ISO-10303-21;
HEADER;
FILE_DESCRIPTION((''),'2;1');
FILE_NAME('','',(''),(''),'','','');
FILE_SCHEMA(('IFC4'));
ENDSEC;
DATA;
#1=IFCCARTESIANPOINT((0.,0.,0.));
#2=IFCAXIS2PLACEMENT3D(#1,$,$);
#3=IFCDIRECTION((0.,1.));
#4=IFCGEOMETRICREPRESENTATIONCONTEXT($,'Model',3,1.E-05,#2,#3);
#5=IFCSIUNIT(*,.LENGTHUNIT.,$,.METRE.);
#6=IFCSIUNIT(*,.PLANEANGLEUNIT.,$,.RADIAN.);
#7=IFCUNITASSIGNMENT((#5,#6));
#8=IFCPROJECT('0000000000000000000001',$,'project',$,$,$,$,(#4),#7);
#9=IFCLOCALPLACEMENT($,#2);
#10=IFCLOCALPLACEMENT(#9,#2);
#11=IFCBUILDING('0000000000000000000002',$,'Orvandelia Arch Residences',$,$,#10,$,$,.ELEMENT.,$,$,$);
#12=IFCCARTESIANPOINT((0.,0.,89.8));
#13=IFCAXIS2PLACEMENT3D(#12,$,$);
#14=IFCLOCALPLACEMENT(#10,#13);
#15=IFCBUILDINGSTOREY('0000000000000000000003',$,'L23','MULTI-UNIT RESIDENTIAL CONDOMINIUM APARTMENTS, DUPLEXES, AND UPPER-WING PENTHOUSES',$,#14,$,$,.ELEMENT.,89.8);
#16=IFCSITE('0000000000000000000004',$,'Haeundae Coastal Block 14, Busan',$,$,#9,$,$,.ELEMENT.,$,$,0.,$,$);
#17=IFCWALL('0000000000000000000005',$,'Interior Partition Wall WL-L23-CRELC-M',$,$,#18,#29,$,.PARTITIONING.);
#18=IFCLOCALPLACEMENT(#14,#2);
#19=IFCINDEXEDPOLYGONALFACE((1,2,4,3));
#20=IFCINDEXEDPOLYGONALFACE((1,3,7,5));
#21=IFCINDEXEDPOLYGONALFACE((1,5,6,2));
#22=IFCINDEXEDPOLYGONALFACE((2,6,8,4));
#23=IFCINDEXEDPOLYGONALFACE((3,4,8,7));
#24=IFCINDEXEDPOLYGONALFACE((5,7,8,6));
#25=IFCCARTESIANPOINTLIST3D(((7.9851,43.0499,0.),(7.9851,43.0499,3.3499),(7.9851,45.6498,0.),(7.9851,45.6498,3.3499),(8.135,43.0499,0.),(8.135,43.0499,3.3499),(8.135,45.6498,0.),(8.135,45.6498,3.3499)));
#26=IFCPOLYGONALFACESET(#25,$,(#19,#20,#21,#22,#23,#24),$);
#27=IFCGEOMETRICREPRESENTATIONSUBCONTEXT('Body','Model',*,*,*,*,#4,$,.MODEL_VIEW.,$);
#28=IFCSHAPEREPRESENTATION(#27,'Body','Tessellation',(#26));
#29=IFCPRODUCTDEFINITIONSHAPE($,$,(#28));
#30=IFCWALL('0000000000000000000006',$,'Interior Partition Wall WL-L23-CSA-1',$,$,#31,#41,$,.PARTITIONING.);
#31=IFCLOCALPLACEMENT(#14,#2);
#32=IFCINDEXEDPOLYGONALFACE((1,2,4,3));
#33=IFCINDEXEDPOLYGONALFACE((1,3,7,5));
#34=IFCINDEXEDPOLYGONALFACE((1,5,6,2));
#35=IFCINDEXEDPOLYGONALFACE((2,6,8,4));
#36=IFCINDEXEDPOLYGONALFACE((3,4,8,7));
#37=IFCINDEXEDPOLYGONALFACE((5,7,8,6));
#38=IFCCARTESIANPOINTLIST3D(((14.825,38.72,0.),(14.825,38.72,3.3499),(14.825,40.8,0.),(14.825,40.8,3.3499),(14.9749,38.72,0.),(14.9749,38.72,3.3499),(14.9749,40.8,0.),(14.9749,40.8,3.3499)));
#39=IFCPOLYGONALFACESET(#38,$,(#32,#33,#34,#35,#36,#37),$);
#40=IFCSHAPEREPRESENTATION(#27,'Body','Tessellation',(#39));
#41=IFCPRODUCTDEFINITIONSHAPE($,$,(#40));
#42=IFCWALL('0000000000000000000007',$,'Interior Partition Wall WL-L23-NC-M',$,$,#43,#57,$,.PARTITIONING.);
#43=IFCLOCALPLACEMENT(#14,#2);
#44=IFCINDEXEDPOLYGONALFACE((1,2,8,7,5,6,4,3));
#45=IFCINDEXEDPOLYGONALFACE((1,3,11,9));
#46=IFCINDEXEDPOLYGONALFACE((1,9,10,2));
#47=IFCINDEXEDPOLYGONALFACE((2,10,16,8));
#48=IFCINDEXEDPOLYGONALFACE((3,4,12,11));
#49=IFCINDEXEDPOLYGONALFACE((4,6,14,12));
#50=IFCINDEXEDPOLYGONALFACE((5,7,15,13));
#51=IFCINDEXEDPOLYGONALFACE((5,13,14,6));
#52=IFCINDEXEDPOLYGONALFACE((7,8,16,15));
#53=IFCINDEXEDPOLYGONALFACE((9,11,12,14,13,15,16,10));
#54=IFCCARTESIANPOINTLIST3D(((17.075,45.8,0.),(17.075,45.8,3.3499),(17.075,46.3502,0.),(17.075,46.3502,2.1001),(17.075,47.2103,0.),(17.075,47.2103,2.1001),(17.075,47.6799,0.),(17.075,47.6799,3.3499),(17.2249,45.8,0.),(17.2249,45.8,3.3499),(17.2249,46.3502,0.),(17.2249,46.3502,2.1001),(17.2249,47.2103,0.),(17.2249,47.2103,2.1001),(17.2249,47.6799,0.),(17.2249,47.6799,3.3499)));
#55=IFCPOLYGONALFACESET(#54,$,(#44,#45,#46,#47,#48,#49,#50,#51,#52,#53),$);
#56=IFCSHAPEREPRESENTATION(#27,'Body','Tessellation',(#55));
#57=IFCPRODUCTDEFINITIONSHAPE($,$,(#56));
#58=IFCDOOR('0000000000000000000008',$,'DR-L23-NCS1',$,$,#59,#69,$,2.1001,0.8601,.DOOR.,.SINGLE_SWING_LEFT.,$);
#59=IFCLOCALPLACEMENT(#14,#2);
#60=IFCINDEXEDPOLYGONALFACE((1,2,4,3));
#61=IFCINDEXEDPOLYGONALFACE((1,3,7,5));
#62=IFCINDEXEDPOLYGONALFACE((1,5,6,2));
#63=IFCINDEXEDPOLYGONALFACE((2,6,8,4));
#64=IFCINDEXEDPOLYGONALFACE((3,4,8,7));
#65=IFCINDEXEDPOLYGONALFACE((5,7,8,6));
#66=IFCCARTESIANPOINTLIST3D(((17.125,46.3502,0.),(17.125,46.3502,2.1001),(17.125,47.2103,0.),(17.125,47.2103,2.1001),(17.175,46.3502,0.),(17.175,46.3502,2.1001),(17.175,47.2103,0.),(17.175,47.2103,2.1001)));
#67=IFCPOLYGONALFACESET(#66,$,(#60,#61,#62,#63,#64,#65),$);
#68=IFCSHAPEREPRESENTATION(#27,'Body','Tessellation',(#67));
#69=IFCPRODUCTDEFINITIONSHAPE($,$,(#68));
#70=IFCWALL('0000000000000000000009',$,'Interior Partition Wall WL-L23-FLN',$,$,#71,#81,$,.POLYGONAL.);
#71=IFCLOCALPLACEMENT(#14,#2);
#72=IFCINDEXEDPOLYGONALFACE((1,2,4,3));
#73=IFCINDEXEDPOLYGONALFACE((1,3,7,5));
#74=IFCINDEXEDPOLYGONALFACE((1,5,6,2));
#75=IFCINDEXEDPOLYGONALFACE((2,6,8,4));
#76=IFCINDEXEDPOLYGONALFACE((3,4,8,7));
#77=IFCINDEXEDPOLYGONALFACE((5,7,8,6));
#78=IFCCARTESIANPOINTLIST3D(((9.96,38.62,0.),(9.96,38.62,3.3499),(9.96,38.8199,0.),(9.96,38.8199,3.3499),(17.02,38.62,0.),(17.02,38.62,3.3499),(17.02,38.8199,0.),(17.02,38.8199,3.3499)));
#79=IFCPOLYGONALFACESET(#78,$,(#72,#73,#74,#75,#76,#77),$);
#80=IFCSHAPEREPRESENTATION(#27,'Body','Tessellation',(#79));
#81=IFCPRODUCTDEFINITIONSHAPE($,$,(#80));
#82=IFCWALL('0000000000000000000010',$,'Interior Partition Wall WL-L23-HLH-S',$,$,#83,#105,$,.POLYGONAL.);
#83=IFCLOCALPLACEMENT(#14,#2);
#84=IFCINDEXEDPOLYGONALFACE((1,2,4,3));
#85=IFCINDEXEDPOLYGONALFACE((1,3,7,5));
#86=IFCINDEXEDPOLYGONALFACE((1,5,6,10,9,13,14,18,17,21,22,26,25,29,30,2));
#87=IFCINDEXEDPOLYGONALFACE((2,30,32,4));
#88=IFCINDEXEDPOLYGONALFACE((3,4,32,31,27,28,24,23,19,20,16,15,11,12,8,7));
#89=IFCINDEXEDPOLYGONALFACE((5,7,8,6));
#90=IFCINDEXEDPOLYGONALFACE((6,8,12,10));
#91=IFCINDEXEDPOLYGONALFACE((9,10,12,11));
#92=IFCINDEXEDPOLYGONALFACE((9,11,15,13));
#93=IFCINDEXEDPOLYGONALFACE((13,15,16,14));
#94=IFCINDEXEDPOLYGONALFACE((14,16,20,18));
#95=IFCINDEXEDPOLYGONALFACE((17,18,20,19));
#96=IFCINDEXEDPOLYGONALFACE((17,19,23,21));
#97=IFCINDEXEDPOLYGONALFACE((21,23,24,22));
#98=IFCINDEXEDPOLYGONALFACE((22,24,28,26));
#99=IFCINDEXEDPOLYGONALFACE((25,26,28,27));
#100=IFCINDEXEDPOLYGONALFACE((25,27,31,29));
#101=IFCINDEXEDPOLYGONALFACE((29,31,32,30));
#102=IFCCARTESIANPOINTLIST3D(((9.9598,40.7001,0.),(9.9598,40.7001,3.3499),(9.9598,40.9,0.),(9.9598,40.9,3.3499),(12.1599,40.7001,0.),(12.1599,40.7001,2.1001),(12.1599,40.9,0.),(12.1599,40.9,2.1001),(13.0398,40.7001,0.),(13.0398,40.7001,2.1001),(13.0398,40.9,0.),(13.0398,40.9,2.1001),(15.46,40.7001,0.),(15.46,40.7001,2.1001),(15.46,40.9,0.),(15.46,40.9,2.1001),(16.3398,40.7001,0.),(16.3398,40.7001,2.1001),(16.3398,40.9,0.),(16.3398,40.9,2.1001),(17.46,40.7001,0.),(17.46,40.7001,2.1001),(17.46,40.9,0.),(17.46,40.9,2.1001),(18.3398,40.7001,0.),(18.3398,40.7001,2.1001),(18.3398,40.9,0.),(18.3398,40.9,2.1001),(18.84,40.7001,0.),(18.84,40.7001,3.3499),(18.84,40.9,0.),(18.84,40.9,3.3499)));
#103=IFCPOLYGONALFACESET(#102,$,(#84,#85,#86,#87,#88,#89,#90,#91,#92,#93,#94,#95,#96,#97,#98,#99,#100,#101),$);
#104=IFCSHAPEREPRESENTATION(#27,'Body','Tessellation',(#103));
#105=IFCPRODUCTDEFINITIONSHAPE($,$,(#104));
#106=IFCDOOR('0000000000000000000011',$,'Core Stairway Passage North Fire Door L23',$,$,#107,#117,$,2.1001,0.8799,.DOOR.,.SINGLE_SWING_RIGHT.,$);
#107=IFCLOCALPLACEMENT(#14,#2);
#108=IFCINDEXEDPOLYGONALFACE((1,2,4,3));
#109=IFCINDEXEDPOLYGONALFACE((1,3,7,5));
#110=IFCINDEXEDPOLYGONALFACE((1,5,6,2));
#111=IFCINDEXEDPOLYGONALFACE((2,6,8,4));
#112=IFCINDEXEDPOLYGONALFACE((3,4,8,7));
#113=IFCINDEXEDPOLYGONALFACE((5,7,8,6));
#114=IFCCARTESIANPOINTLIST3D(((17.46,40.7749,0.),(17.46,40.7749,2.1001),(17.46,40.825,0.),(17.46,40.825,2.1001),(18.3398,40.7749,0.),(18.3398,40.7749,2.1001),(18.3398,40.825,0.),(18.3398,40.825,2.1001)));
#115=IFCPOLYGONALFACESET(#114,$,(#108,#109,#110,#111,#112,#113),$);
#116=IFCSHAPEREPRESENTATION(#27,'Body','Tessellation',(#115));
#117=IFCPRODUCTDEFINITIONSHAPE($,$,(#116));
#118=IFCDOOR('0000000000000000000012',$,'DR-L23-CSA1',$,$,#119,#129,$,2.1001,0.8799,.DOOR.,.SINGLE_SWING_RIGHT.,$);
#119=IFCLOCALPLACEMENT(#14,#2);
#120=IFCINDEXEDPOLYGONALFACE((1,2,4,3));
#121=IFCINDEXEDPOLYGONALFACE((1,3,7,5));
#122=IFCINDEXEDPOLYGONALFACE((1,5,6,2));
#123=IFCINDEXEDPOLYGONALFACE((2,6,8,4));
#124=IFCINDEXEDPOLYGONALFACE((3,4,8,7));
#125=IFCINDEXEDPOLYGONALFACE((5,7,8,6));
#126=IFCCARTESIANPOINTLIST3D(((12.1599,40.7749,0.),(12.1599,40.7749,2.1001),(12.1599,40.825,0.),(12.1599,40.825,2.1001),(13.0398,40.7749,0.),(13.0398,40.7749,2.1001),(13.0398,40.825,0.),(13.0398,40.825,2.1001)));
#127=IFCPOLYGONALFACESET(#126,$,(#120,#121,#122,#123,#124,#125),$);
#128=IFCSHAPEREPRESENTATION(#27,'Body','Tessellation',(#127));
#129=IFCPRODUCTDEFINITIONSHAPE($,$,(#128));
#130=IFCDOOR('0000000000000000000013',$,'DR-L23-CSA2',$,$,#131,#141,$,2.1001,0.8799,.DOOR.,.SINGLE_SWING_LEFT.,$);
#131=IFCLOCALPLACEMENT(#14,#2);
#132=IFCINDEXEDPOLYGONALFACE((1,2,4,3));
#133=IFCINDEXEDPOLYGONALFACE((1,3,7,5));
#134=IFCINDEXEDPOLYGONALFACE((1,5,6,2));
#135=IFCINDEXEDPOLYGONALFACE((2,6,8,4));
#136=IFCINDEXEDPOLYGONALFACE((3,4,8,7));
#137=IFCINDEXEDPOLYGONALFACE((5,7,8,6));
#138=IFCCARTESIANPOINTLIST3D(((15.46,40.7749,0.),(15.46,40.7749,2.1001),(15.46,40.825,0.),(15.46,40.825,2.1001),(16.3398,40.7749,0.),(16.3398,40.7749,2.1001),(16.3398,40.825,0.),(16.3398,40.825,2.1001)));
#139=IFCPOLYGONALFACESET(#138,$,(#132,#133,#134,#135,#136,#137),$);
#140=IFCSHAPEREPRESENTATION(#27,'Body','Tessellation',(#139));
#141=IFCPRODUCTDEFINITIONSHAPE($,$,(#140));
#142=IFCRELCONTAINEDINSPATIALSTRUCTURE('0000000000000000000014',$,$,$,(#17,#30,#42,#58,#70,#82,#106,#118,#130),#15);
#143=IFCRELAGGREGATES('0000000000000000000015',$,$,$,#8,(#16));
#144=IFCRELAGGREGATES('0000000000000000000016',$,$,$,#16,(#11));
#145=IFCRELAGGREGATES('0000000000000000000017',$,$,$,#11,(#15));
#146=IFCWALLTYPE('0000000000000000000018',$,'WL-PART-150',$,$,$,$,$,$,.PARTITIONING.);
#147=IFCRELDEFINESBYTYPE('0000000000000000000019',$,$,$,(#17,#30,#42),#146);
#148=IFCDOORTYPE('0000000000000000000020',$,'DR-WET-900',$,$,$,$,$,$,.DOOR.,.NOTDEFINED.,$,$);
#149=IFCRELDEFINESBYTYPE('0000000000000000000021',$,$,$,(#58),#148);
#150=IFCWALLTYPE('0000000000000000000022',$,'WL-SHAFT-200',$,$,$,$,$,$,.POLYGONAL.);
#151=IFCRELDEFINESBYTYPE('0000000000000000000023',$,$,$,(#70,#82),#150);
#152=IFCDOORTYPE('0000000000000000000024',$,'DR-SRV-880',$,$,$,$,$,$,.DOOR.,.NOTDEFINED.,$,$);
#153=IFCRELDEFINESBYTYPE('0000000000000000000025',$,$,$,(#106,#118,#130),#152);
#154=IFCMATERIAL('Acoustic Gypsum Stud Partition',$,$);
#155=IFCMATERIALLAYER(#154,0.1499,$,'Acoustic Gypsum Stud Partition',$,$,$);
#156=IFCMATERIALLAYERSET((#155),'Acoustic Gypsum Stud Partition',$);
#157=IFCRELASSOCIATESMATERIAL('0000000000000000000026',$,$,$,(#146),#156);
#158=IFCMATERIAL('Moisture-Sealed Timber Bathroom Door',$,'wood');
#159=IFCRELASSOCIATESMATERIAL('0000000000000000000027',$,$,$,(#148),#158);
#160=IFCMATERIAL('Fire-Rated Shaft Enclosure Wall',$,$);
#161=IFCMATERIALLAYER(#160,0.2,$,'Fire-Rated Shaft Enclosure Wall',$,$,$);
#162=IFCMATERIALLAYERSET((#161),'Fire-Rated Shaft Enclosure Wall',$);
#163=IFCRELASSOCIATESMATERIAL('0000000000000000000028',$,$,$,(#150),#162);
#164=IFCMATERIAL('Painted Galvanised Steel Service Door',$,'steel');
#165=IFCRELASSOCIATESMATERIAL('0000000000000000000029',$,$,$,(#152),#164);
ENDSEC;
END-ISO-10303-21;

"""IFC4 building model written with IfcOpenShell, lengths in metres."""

from ifc_helpers import new_model, si_unit, direction, frame, frame_2d, origin, place, context, subcontext, project, spatial, rectangle, extrude, material, layer, layer_set, type_object, element, fill, save


model = new_model("IFC4")

# Units and contexts
model_context = context("Model", 3, precision=1e-05, world=origin(), true_north=direction((0.0, 1.0)))
body_context = subcontext(model_context, "Body", "Model", "MODEL_VIEW")
ifc_project = project(units=[si_unit("LENGTHUNIT", "METRE"), si_unit("PLANEANGLEUNIT", "RADIAN")], contexts=[model_context])

# Site, building, storey
site_placement = place(None, origin())
site = spatial("IfcSite", under=ifc_project, at=site_placement, Name="Haeundae Coastal Block 14, Busan", CompositionType="ELEMENT", RefElevation=0.0)
building_placement = place(site_placement, origin())
building = spatial("IfcBuilding", under=site, at=building_placement, Name="Orvandelia Arch Residences", CompositionType="ELEMENT")
storey_placement = place(building_placement, frame((0.0, 0.0, 89.8)))
storey = spatial("IfcBuildingStorey", under=building, at=storey_placement, Name="L23", Description="MULTI-UNIT RESIDENTIAL CONDOMINIUM APARTMENTS, DUPLEXES, AND UPPER-WING PENTHOUSES", CompositionType="ELEMENT", Elevation=89.8)

# Walls
ifc_material_1 = material(Name="Acoustic Gypsum Stud Partition")
ifc_layer_1 = layer(ifc_material_1, 0.1499, Name="Acoustic Gypsum Stud Partition")
ifc_layer_set_1 = layer_set([ifc_layer_1], Name="Acoustic Gypsum Stud Partition")
wall_type_1 = type_object("IfcWallType", Name="WL-PART-150", PredefinedType="PARTITIONING", material=ifc_layer_set_1)
wall_1_placement = place(storey_placement, frame((8.0601, 43.05, 0.0), z_axis=(0.0, 0.0, 1.0), x_axis=(0.0, 1.0, 0.0)))
element("IfcWall", 1, at=wall_1_placement, inside=storey, type_object=wall_type_1, Name="Interior Partition Wall WL-L23-CRELC-M", PredefinedType="PARTITIONING", context=body_context, shape_type="SweptSolid", body=[
    extrude(rectangle(XDim=2.5999, YDim=0.1499, at=frame_2d((1.2998, 0.0))), origin(), (0.0, 0.0, 1.0), 3.3499),
])
wall_2_placement = place(storey_placement, frame((14.8999, 38.72, 0.0), z_axis=(0.0, 0.0, 1.0), x_axis=(0.0, 1.0, 0.0)))
element("IfcWall", 2, at=wall_2_placement, inside=storey, type_object=wall_type_1, Name="Interior Partition Wall WL-L23-CSA-1", PredefinedType="PARTITIONING", context=body_context, shape_type="SweptSolid", body=[
    extrude(rectangle(XDim=2.0801, YDim=0.1499, at=frame_2d((1.04, 0.0))), origin(), (0.0, 0.0, 1.0), 3.3499),
])

# Wall, opening, door
wall_3_placement = place(storey_placement, frame((17.1499, 45.8, 0.0), z_axis=(0.0, 0.0, 1.0), x_axis=(0.0, 1.0, 0.0)))
wall_3 = element("IfcWall", 3, at=wall_3_placement, inside=storey, type_object=wall_type_1, Name="Interior Partition Wall WL-L23-NC-M", PredefinedType="PARTITIONING", context=body_context, shape_type="SweptSolid", body=[
    extrude(rectangle(XDim=1.8799, YDim=0.1499, at=frame_2d((0.9399, 0.0))), origin(), (0.0, 0.0, 1.0), 3.3499),
])
opening_1_placement = place(wall_3_placement, frame((0.55, 0.0, 0.0)))
opening_1 = element("IfcOpeningElement", 4, at=opening_1_placement, cuts=wall_3, PredefinedType="OPENING", context=body_context, shape_type="SweptSolid", body=[
    extrude(rectangle(XDim=0.8601, YDim=2.1001, at=frame_2d((0.4302, 1.05))), frame((0.0, 0.085, 0.0), z_axis=(0.0, -1.0, 0.0), x_axis=(1.0, 0.0, 0.0)), (0.0, 0.0, 1.0), 0.1699),
])
ifc_material_2 = material(Name="Moisture-Sealed Timber Bathroom Door", Category="wood")
door_type_1 = type_object("IfcDoorType", Name="DR-WET-900", OperationType="NOTDEFINED", PredefinedType="DOOR", material=ifc_material_2)
door_1_placement = place(opening_1_placement, origin())
door_1 = element("IfcDoor", 5, at=door_1_placement, inside=storey, type_object=door_type_1, Name="DR-L23-NCS1", OperationType="SINGLE_SWING_LEFT", OverallHeight=2.1001, OverallWidth=0.8601, PredefinedType="DOOR", context=body_context, shape_type="SweptSolid", body=[
    extrude(rectangle(XDim=0.8601, YDim=2.1001, at=frame_2d((0.4302, 1.05))), frame((0.0, 0.0249, 0.0), z_axis=(0.0, -1.0, 0.0), x_axis=(1.0, 0.0, 0.0)), (0.0, 0.0, 1.0), 0.05),
])
fill(opening_1, door_1)

# Wall
ifc_material_3 = material(Name="Fire-Rated Shaft Enclosure Wall")
ifc_layer_2 = layer(ifc_material_3, 0.2, Name="Fire-Rated Shaft Enclosure Wall")
ifc_layer_set_2 = layer_set([ifc_layer_2], Name="Fire-Rated Shaft Enclosure Wall")
wall_type_2 = type_object("IfcWallType", Name="WL-SHAFT-200", PredefinedType="POLYGONAL", material=ifc_layer_set_2)
wall_4_placement = place(storey_placement, frame((9.96, 38.72, 0.0), z_axis=(0.0, 0.0, 1.0), x_axis=(1.0, 0.0, 0.0)))
element("IfcWall", 6, at=wall_4_placement, inside=storey, type_object=wall_type_2, Name="Interior Partition Wall WL-L23-FLN", PredefinedType="POLYGONAL", context=body_context, shape_type="SweptSolid", body=[
    extrude(rectangle(XDim=7.0601, YDim=0.2, at=frame_2d((3.53, 0.0))), origin(), (0.0, 0.0, 1.0), 3.3499),
])

# Wall, openings, doors
wall_5_placement = place(storey_placement, frame((9.96, 40.8, 0.0), z_axis=(0.0, 0.0, 1.0), x_axis=(1.0, 0.0, 0.0)))
wall_5 = element("IfcWall", 7, at=wall_5_placement, inside=storey, type_object=wall_type_2, Name="Interior Partition Wall WL-L23-HLH-S", PredefinedType="POLYGONAL", context=body_context, shape_type="SweptSolid", body=[
    extrude(rectangle(XDim=8.8801, YDim=0.2, at=frame_2d((4.4399, 0.0))), origin(), (0.0, 0.0, 1.0), 3.3499),
])
opening_2_placement = place(wall_5_placement, frame((7.5, 0.0, 0.0)))
opening_2 = element("IfcOpeningElement", 8, at=opening_2_placement, cuts=wall_5, PredefinedType="OPENING", context=body_context, shape_type="SweptSolid", body=[
    extrude(rectangle(XDim=0.8799, YDim=2.1001, at=frame_2d((0.4399, 1.05))), frame((0.0, 0.1099, 0.0), z_axis=(0.0, -1.0, 0.0), x_axis=(1.0, 0.0, 0.0)), (0.0, 0.0, 1.0), 0.22),
])
opening_3_placement = place(wall_5_placement, frame((2.2, 0.0, 0.0)))
opening_3 = element("IfcOpeningElement", 9, at=opening_3_placement, cuts=wall_5, PredefinedType="OPENING", context=body_context, shape_type="SweptSolid", body=[
    extrude(rectangle(XDim=0.8799, YDim=2.1001, at=frame_2d((0.4399, 1.05))), frame((0.0, 0.1099, 0.0), z_axis=(0.0, -1.0, 0.0), x_axis=(1.0, 0.0, 0.0)), (0.0, 0.0, 1.0), 0.22),
])
opening_4_placement = place(wall_5_placement, frame((5.5, 0.0, 0.0)))
opening_4 = element("IfcOpeningElement", 10, at=opening_4_placement, cuts=wall_5, PredefinedType="OPENING", context=body_context, shape_type="SweptSolid", body=[
    extrude(rectangle(XDim=0.8799, YDim=2.1001, at=frame_2d((0.4399, 1.05))), frame((0.0, 0.1099, 0.0), z_axis=(0.0, -1.0, 0.0), x_axis=(1.0, 0.0, 0.0)), (0.0, 0.0, 1.0), 0.22),
])
ifc_material_4 = material(Name="Painted Galvanised Steel Service Door", Category="steel")
door_type_2 = type_object("IfcDoorType", Name="DR-SRV-880", OperationType="NOTDEFINED", PredefinedType="DOOR", material=ifc_material_4)
door_2_placement = place(opening_2_placement, origin())
door_2 = element("IfcDoor", 11, at=door_2_placement, inside=storey, type_object=door_type_2, Name="Core Stairway Passage North Fire Door L23", OperationType="SINGLE_SWING_RIGHT", OverallHeight=2.1001, OverallWidth=0.8799, PredefinedType="DOOR", context=body_context, shape_type="SweptSolid", body=[
    extrude(rectangle(XDim=0.8799, YDim=2.1001, at=frame_2d((0.4399, 1.05))), frame((0.0, 0.0249, 0.0), z_axis=(0.0, -1.0, 0.0), x_axis=(1.0, 0.0, 0.0)), (0.0, 0.0, 1.0), 0.05),
])
fill(opening_2, door_2)
door_3_placement = place(opening_3_placement, origin())
door_3 = element("IfcDoor", 12, at=door_3_placement, inside=storey, type_object=door_type_2, Name="DR-L23-CSA1", OperationType="SINGLE_SWING_RIGHT", OverallHeight=2.1001, OverallWidth=0.8799, PredefinedType="DOOR", context=body_context, shape_type="SweptSolid", body=[
    extrude(rectangle(XDim=0.8799, YDim=2.1001, at=frame_2d((0.4399, 1.05))), frame((0.0, 0.0249, 0.0), z_axis=(0.0, -1.0, 0.0), x_axis=(1.0, 0.0, 0.0)), (0.0, 0.0, 1.0), 0.05),
])
fill(opening_3, door_3)
door_4_placement = place(opening_4_placement, origin())
door_4 = element("IfcDoor", 13, at=door_4_placement, inside=storey, type_object=door_type_2, Name="DR-L23-CSA2", OperationType="SINGLE_SWING_LEFT", OverallHeight=2.1001, OverallWidth=0.8799, PredefinedType="DOOR", context=body_context, shape_type="SweptSolid", body=[
    extrude(rectangle(XDim=0.8799, YDim=2.1001, at=frame_2d((0.4399, 1.05))), frame((0.0, 0.0249, 0.0), z_axis=(0.0, -1.0, 0.0), x_axis=(1.0, 0.0, 0.0)), (0.0, 0.0, 1.0), 0.05),
])
fill(opening_4, door_4)

save(model, "model.ifc")
